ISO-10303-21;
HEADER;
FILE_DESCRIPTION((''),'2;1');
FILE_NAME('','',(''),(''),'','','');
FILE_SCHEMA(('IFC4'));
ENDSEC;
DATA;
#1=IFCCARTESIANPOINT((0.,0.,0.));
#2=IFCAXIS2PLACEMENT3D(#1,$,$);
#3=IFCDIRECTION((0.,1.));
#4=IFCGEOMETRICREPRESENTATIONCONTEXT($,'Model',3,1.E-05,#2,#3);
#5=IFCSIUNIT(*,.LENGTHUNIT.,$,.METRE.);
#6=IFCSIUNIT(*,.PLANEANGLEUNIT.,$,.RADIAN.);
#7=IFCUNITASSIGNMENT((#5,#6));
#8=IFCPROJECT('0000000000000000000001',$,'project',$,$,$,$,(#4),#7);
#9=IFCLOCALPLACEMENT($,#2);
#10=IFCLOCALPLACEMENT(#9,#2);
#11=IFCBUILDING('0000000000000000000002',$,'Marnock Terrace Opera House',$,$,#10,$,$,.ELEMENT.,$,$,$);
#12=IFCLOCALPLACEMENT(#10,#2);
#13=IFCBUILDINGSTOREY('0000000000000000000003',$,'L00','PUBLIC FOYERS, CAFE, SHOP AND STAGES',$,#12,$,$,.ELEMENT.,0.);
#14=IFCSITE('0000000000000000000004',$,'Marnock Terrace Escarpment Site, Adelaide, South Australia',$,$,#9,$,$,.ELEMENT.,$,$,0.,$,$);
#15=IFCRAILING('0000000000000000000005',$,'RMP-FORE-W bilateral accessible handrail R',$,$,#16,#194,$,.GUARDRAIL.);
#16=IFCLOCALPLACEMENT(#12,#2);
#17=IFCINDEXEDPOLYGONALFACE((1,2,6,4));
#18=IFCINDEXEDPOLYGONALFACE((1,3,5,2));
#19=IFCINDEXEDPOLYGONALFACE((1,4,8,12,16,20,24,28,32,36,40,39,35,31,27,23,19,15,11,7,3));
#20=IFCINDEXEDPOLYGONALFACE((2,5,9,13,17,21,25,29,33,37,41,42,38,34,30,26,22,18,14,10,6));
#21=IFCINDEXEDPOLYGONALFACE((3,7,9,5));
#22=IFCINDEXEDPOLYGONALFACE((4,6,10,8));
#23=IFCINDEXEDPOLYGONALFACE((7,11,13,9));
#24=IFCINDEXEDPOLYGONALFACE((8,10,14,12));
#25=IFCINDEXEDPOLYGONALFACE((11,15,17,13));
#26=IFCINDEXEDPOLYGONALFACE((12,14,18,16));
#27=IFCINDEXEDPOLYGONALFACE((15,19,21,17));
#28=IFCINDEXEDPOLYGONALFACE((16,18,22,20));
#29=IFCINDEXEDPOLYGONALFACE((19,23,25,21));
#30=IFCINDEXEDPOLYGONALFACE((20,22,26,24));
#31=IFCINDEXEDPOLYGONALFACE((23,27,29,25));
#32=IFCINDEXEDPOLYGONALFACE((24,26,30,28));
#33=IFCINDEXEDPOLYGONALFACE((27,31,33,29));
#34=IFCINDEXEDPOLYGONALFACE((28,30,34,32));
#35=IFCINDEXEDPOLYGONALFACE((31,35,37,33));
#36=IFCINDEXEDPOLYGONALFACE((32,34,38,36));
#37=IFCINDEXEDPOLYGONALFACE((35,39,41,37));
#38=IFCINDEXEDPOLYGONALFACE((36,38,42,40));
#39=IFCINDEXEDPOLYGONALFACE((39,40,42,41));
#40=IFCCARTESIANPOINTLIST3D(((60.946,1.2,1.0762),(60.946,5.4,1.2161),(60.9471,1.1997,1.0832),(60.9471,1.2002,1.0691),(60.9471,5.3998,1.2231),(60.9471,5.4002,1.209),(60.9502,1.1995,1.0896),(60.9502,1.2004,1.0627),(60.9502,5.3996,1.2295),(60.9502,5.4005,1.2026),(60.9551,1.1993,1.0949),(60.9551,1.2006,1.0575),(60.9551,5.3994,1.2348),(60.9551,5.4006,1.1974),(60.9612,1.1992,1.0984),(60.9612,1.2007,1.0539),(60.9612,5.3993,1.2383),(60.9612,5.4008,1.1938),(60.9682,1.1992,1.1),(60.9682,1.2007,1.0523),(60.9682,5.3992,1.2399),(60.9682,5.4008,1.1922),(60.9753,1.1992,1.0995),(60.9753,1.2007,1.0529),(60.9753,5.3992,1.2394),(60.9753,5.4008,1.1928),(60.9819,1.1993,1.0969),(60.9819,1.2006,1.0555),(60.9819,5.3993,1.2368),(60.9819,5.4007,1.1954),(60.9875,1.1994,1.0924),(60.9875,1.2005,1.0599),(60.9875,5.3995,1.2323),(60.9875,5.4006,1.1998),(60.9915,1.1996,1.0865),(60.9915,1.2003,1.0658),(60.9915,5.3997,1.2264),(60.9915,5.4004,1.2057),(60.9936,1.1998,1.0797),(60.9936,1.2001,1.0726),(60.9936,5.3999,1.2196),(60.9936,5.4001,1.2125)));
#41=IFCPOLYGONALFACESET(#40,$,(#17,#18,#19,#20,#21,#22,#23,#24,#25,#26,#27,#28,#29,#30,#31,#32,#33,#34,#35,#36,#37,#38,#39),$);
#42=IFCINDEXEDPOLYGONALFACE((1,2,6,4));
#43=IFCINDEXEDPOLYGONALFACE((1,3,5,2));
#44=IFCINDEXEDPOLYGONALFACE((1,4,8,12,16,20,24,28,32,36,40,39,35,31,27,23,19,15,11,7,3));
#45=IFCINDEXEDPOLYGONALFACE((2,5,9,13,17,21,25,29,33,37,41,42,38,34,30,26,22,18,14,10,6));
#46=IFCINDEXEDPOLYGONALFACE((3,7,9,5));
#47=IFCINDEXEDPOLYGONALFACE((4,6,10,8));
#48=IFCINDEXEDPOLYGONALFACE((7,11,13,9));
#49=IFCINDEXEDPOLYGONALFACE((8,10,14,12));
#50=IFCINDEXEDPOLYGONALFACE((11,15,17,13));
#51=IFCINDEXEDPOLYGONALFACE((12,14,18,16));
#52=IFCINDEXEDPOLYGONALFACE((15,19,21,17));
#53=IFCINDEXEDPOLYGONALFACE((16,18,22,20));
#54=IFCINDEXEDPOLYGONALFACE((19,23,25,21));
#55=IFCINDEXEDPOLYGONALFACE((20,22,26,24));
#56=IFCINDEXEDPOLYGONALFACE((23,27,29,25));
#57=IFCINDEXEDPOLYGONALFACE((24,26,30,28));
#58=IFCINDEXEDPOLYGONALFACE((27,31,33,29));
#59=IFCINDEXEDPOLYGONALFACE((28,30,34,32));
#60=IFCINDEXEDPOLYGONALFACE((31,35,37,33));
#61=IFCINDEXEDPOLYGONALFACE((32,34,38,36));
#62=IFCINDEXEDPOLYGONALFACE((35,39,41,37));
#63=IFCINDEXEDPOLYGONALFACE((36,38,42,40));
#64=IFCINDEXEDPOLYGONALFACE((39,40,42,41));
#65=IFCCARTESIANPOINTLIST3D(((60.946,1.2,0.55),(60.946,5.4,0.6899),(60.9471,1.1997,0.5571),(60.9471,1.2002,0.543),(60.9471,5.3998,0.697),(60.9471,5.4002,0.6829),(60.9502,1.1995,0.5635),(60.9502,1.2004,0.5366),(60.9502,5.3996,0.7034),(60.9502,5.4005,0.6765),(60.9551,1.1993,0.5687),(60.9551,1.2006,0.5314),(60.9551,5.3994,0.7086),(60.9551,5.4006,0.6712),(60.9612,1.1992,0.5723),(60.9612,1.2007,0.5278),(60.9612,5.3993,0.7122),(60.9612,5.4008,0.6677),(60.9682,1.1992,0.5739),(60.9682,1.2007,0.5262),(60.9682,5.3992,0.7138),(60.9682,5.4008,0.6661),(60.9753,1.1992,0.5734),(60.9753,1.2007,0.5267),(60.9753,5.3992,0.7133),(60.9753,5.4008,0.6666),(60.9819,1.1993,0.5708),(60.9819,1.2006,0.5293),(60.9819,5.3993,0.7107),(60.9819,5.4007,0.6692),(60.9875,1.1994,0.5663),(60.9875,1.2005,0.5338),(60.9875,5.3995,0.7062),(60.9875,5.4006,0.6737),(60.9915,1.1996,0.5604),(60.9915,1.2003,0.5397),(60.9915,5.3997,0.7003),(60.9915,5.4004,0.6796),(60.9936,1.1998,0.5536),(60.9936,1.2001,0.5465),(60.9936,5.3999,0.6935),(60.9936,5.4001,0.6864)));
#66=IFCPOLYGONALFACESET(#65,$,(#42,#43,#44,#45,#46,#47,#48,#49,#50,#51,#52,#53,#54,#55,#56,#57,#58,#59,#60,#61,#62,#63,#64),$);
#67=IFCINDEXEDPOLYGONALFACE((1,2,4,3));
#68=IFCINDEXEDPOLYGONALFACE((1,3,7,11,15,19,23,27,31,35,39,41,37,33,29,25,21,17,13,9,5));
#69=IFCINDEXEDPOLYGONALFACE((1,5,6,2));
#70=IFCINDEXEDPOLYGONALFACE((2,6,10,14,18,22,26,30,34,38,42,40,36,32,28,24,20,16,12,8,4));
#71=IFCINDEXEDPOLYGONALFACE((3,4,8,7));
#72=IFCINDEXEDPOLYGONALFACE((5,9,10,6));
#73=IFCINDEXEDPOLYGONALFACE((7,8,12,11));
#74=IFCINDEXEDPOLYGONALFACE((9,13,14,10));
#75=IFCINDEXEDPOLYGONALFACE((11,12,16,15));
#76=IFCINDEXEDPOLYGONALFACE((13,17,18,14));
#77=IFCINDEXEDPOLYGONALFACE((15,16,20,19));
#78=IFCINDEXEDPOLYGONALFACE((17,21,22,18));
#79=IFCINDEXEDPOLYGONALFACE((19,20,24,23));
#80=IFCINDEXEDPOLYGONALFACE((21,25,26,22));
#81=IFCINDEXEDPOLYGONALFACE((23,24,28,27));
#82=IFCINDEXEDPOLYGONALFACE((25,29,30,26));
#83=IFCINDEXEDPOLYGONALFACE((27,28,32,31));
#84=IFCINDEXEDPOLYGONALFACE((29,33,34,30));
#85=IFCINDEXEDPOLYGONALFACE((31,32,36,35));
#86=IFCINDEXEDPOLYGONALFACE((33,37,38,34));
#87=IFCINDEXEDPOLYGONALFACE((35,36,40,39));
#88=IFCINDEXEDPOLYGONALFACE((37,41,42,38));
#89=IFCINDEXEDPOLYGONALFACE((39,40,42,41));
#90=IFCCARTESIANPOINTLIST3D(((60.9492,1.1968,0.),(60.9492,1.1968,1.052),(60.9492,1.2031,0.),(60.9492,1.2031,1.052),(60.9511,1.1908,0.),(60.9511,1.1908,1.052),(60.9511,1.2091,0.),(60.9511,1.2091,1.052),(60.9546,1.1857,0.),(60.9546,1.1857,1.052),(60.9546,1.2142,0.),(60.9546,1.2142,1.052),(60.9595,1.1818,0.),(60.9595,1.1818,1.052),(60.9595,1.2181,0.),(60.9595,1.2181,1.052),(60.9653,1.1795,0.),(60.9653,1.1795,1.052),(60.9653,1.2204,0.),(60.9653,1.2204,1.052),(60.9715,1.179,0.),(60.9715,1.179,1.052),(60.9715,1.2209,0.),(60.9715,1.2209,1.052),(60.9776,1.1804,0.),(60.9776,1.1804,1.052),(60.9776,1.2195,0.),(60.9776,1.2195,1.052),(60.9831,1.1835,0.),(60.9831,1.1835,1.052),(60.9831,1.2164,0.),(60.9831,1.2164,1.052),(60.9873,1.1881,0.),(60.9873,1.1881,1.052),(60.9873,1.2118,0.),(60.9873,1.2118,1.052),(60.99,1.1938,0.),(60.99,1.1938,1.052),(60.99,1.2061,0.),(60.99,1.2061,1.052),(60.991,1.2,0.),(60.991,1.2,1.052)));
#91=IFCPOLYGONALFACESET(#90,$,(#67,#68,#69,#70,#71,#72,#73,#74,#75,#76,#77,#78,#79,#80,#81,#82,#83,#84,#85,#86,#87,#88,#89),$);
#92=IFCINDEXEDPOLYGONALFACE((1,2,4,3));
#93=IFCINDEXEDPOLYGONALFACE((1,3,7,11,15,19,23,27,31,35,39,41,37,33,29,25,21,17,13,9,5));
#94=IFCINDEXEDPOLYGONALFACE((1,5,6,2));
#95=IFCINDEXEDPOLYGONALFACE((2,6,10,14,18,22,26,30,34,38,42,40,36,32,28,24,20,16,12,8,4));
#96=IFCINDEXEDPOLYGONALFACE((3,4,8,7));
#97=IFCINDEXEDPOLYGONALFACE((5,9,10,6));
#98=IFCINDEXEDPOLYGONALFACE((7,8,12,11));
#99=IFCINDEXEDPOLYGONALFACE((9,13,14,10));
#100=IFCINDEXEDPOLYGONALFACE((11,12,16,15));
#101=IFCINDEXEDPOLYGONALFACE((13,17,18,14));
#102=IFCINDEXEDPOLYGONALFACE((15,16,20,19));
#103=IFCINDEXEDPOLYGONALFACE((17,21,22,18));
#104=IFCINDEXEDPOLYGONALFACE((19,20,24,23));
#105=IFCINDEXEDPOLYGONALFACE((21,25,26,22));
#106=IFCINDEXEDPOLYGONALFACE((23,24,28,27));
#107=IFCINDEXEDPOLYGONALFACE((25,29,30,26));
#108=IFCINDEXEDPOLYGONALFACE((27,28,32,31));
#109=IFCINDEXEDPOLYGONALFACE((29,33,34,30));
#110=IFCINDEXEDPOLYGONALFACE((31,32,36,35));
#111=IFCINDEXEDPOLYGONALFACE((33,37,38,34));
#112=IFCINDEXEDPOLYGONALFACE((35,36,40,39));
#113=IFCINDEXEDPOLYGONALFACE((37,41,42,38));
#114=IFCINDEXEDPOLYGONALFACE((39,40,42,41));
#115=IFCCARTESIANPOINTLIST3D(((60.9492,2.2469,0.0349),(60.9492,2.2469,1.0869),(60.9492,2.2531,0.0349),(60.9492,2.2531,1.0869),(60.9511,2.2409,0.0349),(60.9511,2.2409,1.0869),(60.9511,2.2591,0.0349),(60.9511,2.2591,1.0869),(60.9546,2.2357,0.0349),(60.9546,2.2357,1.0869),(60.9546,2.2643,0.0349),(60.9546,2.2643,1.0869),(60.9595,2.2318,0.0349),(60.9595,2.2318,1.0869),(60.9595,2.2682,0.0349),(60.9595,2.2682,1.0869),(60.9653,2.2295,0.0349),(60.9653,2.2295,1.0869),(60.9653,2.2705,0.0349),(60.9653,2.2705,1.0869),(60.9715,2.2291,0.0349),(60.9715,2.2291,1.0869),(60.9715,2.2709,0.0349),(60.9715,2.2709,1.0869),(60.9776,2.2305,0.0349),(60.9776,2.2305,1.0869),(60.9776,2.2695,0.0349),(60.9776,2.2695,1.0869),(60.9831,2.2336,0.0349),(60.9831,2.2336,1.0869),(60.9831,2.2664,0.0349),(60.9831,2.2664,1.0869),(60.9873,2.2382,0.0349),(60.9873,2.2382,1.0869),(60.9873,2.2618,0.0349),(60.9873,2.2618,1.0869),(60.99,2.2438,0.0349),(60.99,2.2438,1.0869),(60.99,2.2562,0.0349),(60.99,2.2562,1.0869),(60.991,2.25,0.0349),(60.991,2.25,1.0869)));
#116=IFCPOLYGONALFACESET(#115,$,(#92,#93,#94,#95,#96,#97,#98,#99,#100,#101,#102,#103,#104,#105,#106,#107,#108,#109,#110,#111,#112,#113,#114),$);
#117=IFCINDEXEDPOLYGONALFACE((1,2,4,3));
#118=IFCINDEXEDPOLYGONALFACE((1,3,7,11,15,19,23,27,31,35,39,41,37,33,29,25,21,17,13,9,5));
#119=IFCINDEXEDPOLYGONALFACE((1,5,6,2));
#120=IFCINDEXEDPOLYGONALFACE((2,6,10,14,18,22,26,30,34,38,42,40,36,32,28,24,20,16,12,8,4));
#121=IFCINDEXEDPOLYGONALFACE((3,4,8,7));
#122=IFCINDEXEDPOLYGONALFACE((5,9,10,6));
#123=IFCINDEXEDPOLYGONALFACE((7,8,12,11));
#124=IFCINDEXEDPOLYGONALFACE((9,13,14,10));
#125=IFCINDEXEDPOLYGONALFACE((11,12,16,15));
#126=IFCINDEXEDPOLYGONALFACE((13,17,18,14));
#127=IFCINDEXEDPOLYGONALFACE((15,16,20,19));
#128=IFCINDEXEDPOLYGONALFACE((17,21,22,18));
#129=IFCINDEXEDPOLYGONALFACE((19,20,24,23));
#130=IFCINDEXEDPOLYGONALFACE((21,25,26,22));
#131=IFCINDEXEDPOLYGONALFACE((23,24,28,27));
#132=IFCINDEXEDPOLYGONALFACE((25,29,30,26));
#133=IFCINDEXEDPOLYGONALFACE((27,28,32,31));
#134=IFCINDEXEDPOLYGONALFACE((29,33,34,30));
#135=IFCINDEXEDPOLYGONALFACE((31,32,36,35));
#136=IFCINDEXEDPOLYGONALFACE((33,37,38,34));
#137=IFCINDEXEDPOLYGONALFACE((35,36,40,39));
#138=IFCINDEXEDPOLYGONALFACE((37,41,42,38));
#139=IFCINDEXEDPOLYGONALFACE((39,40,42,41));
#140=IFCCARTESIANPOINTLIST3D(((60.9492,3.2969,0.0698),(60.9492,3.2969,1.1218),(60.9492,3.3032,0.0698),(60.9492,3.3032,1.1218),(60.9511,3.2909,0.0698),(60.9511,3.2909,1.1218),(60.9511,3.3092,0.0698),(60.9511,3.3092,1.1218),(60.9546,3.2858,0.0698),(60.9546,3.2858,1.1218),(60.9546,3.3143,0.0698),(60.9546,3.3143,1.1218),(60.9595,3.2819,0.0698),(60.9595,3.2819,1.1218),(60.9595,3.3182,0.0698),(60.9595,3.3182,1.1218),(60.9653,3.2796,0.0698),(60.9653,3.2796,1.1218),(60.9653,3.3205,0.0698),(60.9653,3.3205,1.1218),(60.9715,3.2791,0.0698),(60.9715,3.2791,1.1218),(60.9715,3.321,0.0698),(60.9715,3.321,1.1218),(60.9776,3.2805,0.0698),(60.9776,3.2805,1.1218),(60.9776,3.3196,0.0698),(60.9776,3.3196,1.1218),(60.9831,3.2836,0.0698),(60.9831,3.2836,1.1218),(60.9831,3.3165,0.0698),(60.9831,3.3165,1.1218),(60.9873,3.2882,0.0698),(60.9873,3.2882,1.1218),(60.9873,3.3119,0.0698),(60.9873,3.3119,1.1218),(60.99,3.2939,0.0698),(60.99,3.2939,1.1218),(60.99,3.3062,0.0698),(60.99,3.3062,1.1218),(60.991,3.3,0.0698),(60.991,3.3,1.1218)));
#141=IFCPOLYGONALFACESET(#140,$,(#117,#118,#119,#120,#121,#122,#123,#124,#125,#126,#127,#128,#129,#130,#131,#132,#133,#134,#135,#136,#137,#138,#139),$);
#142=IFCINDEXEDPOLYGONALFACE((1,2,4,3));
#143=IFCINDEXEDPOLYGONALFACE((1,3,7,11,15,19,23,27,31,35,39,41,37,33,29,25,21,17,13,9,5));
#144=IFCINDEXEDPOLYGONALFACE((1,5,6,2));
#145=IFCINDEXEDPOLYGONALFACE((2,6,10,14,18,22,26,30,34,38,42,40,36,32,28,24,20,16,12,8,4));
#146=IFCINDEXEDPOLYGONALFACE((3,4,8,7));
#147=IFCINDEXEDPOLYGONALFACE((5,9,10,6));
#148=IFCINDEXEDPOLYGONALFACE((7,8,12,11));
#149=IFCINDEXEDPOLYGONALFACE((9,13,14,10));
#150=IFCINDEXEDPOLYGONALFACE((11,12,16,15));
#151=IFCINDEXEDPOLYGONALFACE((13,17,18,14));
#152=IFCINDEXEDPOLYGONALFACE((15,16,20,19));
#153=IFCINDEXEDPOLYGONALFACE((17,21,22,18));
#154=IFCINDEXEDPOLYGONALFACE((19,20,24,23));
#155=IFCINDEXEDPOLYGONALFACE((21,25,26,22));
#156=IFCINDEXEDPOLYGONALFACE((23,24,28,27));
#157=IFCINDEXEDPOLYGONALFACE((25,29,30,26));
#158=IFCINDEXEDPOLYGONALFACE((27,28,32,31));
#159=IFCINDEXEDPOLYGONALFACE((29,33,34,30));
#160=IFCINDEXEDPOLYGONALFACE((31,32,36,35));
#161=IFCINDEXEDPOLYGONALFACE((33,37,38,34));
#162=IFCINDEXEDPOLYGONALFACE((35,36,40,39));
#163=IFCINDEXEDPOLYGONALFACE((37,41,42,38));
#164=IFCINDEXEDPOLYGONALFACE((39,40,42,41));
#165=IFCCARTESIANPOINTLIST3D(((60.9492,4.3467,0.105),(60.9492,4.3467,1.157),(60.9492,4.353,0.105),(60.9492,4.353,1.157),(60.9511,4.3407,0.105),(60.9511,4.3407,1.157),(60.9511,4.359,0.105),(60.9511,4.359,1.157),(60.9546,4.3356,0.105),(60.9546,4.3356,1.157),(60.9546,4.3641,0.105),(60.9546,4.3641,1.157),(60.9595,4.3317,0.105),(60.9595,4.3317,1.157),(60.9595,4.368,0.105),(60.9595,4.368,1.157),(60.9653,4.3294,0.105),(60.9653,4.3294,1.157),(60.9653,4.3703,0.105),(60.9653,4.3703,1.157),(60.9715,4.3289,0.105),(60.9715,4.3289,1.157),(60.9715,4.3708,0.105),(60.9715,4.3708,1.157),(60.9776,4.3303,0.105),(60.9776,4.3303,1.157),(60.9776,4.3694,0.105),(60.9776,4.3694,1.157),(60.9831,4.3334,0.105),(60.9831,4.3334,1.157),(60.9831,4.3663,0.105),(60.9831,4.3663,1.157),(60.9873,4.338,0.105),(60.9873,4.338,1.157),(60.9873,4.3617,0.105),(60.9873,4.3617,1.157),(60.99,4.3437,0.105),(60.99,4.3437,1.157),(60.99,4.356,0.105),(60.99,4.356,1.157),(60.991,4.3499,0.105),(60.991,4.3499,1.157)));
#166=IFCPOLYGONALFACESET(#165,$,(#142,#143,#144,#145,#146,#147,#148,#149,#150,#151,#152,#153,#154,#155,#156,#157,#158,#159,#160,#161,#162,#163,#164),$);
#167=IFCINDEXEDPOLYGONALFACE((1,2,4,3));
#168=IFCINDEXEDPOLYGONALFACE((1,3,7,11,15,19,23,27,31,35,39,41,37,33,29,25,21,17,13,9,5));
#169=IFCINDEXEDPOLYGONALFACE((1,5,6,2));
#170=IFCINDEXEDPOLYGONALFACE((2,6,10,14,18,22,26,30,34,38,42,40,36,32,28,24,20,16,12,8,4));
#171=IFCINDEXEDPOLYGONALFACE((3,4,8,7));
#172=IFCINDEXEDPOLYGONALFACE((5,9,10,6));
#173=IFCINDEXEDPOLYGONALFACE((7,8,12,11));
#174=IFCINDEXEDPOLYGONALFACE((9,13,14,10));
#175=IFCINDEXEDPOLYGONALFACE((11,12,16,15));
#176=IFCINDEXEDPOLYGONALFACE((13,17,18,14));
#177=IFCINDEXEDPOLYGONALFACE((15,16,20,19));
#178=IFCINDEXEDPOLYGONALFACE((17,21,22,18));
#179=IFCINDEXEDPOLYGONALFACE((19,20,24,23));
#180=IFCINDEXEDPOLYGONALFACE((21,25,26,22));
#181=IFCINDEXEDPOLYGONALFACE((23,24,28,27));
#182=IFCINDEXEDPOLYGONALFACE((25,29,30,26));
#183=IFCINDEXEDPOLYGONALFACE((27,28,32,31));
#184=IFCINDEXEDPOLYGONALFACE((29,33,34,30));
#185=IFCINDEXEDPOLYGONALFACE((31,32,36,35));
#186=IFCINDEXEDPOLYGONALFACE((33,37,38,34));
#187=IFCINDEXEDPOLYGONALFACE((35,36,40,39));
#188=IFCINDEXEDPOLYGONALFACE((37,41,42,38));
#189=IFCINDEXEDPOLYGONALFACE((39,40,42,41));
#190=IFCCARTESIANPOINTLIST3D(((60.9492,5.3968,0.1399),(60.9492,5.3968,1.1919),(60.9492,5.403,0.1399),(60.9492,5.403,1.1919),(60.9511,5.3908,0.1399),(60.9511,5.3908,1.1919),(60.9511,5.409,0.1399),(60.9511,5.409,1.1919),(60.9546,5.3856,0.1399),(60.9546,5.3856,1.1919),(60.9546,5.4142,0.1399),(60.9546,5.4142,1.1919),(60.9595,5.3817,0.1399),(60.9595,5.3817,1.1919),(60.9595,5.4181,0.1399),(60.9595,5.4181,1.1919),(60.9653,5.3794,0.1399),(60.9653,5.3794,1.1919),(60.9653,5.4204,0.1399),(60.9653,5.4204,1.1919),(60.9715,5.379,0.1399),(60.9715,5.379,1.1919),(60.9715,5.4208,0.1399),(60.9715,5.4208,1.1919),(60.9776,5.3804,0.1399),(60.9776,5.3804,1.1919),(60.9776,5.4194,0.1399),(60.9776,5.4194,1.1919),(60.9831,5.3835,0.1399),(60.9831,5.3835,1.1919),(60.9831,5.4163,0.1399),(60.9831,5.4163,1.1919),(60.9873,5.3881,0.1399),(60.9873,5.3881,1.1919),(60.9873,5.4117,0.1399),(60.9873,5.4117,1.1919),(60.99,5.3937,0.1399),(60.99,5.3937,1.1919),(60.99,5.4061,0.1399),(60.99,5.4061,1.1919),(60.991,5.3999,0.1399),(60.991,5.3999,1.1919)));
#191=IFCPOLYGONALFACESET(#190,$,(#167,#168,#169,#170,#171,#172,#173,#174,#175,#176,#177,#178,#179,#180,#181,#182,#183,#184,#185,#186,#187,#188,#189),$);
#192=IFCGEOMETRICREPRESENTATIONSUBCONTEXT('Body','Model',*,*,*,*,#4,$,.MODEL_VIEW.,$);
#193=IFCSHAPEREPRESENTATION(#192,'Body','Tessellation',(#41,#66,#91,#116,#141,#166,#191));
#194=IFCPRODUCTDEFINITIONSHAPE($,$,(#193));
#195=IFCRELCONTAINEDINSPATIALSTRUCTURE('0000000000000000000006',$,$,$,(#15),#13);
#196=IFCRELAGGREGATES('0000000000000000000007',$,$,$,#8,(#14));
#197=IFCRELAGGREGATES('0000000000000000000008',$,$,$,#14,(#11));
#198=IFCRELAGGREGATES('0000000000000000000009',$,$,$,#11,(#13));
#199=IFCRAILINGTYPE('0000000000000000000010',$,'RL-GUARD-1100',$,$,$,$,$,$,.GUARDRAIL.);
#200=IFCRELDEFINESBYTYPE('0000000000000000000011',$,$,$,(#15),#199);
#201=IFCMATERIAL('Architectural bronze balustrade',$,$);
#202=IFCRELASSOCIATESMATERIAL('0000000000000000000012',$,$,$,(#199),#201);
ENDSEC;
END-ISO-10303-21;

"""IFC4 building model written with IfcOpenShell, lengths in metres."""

from ifc_helpers import new_model, si_unit, direction, frame, origin, origin_2d, place, context, subcontext, project, spatial, circle, extrude, material, type_object, element, save


model = new_model("IFC4")

# Units and contexts
model_context = context("Model", 3, precision=1e-05, world=origin(), true_north=direction((0.0, 1.0)))
body_context = subcontext(model_context, "Body", "Model", "MODEL_VIEW")
ifc_project = project(units=[si_unit("LENGTHUNIT", "METRE"), si_unit("PLANEANGLEUNIT", "RADIAN")], contexts=[model_context])

# Site, building, storey
site_placement = place(None, origin())
site = spatial("IfcSite", under=ifc_project, at=site_placement, Name="Marnock Terrace Escarpment Site, Adelaide, South Australia", CompositionType="ELEMENT", RefElevation=0.0)
building_placement = place(site_placement, origin())
building = spatial("IfcBuilding", under=site, at=building_placement, Name="Marnock Terrace Opera House", CompositionType="ELEMENT")
storey_placement = place(building_placement, origin())
storey = spatial("IfcBuildingStorey", under=building, at=storey_placement, Name="L00", Description="PUBLIC FOYERS, CAFE, SHOP AND STAGES", CompositionType="ELEMENT", Elevation=0.0)

# Railing
ifc_material_1 = material(Name="Architectural bronze balustrade")
railing_type = type_object("IfcRailingType", Name="RL-GUARD-1100", PredefinedType="GUARDRAIL", material=ifc_material_1)
for number, where, name in (
    (1, (60.97, 1.2, 0.0), "RMP-FORE-W bilateral accessible handrail R"),
):
    element("IfcRailing", number, at=place(storey_placement, frame(where)), inside=storey, type_object=railing_type, Name=name, PredefinedType="GUARDRAIL", context=body_context, shape_type="SweptSolid", body=[
        extrude(circle(Radius=0.0239, at=origin_2d()), frame((0.0, 0.0, 1.0762), z_axis=(0.0, 0.999446, 0.03329), x_axis=(-1.0, 0.0, 0.0)), (0.0, 0.0, 1.0), 4.2024),
        extrude(circle(Radius=0.0239, at=origin_2d()), frame((0.0, 0.0, 0.55), z_axis=(0.0, 0.999446, 0.03329), x_axis=(-1.0, 0.0, 0.0)), (0.0, 0.0, 1.0), 4.2024),
        extrude(circle(Radius=0.021, at=origin_2d()), origin(), (0.0, 0.0, 1.0), 1.052),
        extrude(circle(Radius=0.021, at=origin_2d()), frame((0.0, 1.05, 0.0349)), (0.0, 0.0, 1.0), 1.052),
        extrude(circle(Radius=0.021, at=origin_2d()), frame((0.0, 2.1001, 0.0698)), (0.0, 0.0, 1.0), 1.052),
        extrude(circle(Radius=0.021, at=origin_2d()), frame((0.0, 3.1499, 0.105)), (0.0, 0.0, 1.0), 1.052),
        extrude(circle(Radius=0.021, at=origin_2d()), frame((0.0, 4.2, 0.1399)), (0.0, 0.0, 1.0), 1.052),
    ])

save(model, "model.ifc")
